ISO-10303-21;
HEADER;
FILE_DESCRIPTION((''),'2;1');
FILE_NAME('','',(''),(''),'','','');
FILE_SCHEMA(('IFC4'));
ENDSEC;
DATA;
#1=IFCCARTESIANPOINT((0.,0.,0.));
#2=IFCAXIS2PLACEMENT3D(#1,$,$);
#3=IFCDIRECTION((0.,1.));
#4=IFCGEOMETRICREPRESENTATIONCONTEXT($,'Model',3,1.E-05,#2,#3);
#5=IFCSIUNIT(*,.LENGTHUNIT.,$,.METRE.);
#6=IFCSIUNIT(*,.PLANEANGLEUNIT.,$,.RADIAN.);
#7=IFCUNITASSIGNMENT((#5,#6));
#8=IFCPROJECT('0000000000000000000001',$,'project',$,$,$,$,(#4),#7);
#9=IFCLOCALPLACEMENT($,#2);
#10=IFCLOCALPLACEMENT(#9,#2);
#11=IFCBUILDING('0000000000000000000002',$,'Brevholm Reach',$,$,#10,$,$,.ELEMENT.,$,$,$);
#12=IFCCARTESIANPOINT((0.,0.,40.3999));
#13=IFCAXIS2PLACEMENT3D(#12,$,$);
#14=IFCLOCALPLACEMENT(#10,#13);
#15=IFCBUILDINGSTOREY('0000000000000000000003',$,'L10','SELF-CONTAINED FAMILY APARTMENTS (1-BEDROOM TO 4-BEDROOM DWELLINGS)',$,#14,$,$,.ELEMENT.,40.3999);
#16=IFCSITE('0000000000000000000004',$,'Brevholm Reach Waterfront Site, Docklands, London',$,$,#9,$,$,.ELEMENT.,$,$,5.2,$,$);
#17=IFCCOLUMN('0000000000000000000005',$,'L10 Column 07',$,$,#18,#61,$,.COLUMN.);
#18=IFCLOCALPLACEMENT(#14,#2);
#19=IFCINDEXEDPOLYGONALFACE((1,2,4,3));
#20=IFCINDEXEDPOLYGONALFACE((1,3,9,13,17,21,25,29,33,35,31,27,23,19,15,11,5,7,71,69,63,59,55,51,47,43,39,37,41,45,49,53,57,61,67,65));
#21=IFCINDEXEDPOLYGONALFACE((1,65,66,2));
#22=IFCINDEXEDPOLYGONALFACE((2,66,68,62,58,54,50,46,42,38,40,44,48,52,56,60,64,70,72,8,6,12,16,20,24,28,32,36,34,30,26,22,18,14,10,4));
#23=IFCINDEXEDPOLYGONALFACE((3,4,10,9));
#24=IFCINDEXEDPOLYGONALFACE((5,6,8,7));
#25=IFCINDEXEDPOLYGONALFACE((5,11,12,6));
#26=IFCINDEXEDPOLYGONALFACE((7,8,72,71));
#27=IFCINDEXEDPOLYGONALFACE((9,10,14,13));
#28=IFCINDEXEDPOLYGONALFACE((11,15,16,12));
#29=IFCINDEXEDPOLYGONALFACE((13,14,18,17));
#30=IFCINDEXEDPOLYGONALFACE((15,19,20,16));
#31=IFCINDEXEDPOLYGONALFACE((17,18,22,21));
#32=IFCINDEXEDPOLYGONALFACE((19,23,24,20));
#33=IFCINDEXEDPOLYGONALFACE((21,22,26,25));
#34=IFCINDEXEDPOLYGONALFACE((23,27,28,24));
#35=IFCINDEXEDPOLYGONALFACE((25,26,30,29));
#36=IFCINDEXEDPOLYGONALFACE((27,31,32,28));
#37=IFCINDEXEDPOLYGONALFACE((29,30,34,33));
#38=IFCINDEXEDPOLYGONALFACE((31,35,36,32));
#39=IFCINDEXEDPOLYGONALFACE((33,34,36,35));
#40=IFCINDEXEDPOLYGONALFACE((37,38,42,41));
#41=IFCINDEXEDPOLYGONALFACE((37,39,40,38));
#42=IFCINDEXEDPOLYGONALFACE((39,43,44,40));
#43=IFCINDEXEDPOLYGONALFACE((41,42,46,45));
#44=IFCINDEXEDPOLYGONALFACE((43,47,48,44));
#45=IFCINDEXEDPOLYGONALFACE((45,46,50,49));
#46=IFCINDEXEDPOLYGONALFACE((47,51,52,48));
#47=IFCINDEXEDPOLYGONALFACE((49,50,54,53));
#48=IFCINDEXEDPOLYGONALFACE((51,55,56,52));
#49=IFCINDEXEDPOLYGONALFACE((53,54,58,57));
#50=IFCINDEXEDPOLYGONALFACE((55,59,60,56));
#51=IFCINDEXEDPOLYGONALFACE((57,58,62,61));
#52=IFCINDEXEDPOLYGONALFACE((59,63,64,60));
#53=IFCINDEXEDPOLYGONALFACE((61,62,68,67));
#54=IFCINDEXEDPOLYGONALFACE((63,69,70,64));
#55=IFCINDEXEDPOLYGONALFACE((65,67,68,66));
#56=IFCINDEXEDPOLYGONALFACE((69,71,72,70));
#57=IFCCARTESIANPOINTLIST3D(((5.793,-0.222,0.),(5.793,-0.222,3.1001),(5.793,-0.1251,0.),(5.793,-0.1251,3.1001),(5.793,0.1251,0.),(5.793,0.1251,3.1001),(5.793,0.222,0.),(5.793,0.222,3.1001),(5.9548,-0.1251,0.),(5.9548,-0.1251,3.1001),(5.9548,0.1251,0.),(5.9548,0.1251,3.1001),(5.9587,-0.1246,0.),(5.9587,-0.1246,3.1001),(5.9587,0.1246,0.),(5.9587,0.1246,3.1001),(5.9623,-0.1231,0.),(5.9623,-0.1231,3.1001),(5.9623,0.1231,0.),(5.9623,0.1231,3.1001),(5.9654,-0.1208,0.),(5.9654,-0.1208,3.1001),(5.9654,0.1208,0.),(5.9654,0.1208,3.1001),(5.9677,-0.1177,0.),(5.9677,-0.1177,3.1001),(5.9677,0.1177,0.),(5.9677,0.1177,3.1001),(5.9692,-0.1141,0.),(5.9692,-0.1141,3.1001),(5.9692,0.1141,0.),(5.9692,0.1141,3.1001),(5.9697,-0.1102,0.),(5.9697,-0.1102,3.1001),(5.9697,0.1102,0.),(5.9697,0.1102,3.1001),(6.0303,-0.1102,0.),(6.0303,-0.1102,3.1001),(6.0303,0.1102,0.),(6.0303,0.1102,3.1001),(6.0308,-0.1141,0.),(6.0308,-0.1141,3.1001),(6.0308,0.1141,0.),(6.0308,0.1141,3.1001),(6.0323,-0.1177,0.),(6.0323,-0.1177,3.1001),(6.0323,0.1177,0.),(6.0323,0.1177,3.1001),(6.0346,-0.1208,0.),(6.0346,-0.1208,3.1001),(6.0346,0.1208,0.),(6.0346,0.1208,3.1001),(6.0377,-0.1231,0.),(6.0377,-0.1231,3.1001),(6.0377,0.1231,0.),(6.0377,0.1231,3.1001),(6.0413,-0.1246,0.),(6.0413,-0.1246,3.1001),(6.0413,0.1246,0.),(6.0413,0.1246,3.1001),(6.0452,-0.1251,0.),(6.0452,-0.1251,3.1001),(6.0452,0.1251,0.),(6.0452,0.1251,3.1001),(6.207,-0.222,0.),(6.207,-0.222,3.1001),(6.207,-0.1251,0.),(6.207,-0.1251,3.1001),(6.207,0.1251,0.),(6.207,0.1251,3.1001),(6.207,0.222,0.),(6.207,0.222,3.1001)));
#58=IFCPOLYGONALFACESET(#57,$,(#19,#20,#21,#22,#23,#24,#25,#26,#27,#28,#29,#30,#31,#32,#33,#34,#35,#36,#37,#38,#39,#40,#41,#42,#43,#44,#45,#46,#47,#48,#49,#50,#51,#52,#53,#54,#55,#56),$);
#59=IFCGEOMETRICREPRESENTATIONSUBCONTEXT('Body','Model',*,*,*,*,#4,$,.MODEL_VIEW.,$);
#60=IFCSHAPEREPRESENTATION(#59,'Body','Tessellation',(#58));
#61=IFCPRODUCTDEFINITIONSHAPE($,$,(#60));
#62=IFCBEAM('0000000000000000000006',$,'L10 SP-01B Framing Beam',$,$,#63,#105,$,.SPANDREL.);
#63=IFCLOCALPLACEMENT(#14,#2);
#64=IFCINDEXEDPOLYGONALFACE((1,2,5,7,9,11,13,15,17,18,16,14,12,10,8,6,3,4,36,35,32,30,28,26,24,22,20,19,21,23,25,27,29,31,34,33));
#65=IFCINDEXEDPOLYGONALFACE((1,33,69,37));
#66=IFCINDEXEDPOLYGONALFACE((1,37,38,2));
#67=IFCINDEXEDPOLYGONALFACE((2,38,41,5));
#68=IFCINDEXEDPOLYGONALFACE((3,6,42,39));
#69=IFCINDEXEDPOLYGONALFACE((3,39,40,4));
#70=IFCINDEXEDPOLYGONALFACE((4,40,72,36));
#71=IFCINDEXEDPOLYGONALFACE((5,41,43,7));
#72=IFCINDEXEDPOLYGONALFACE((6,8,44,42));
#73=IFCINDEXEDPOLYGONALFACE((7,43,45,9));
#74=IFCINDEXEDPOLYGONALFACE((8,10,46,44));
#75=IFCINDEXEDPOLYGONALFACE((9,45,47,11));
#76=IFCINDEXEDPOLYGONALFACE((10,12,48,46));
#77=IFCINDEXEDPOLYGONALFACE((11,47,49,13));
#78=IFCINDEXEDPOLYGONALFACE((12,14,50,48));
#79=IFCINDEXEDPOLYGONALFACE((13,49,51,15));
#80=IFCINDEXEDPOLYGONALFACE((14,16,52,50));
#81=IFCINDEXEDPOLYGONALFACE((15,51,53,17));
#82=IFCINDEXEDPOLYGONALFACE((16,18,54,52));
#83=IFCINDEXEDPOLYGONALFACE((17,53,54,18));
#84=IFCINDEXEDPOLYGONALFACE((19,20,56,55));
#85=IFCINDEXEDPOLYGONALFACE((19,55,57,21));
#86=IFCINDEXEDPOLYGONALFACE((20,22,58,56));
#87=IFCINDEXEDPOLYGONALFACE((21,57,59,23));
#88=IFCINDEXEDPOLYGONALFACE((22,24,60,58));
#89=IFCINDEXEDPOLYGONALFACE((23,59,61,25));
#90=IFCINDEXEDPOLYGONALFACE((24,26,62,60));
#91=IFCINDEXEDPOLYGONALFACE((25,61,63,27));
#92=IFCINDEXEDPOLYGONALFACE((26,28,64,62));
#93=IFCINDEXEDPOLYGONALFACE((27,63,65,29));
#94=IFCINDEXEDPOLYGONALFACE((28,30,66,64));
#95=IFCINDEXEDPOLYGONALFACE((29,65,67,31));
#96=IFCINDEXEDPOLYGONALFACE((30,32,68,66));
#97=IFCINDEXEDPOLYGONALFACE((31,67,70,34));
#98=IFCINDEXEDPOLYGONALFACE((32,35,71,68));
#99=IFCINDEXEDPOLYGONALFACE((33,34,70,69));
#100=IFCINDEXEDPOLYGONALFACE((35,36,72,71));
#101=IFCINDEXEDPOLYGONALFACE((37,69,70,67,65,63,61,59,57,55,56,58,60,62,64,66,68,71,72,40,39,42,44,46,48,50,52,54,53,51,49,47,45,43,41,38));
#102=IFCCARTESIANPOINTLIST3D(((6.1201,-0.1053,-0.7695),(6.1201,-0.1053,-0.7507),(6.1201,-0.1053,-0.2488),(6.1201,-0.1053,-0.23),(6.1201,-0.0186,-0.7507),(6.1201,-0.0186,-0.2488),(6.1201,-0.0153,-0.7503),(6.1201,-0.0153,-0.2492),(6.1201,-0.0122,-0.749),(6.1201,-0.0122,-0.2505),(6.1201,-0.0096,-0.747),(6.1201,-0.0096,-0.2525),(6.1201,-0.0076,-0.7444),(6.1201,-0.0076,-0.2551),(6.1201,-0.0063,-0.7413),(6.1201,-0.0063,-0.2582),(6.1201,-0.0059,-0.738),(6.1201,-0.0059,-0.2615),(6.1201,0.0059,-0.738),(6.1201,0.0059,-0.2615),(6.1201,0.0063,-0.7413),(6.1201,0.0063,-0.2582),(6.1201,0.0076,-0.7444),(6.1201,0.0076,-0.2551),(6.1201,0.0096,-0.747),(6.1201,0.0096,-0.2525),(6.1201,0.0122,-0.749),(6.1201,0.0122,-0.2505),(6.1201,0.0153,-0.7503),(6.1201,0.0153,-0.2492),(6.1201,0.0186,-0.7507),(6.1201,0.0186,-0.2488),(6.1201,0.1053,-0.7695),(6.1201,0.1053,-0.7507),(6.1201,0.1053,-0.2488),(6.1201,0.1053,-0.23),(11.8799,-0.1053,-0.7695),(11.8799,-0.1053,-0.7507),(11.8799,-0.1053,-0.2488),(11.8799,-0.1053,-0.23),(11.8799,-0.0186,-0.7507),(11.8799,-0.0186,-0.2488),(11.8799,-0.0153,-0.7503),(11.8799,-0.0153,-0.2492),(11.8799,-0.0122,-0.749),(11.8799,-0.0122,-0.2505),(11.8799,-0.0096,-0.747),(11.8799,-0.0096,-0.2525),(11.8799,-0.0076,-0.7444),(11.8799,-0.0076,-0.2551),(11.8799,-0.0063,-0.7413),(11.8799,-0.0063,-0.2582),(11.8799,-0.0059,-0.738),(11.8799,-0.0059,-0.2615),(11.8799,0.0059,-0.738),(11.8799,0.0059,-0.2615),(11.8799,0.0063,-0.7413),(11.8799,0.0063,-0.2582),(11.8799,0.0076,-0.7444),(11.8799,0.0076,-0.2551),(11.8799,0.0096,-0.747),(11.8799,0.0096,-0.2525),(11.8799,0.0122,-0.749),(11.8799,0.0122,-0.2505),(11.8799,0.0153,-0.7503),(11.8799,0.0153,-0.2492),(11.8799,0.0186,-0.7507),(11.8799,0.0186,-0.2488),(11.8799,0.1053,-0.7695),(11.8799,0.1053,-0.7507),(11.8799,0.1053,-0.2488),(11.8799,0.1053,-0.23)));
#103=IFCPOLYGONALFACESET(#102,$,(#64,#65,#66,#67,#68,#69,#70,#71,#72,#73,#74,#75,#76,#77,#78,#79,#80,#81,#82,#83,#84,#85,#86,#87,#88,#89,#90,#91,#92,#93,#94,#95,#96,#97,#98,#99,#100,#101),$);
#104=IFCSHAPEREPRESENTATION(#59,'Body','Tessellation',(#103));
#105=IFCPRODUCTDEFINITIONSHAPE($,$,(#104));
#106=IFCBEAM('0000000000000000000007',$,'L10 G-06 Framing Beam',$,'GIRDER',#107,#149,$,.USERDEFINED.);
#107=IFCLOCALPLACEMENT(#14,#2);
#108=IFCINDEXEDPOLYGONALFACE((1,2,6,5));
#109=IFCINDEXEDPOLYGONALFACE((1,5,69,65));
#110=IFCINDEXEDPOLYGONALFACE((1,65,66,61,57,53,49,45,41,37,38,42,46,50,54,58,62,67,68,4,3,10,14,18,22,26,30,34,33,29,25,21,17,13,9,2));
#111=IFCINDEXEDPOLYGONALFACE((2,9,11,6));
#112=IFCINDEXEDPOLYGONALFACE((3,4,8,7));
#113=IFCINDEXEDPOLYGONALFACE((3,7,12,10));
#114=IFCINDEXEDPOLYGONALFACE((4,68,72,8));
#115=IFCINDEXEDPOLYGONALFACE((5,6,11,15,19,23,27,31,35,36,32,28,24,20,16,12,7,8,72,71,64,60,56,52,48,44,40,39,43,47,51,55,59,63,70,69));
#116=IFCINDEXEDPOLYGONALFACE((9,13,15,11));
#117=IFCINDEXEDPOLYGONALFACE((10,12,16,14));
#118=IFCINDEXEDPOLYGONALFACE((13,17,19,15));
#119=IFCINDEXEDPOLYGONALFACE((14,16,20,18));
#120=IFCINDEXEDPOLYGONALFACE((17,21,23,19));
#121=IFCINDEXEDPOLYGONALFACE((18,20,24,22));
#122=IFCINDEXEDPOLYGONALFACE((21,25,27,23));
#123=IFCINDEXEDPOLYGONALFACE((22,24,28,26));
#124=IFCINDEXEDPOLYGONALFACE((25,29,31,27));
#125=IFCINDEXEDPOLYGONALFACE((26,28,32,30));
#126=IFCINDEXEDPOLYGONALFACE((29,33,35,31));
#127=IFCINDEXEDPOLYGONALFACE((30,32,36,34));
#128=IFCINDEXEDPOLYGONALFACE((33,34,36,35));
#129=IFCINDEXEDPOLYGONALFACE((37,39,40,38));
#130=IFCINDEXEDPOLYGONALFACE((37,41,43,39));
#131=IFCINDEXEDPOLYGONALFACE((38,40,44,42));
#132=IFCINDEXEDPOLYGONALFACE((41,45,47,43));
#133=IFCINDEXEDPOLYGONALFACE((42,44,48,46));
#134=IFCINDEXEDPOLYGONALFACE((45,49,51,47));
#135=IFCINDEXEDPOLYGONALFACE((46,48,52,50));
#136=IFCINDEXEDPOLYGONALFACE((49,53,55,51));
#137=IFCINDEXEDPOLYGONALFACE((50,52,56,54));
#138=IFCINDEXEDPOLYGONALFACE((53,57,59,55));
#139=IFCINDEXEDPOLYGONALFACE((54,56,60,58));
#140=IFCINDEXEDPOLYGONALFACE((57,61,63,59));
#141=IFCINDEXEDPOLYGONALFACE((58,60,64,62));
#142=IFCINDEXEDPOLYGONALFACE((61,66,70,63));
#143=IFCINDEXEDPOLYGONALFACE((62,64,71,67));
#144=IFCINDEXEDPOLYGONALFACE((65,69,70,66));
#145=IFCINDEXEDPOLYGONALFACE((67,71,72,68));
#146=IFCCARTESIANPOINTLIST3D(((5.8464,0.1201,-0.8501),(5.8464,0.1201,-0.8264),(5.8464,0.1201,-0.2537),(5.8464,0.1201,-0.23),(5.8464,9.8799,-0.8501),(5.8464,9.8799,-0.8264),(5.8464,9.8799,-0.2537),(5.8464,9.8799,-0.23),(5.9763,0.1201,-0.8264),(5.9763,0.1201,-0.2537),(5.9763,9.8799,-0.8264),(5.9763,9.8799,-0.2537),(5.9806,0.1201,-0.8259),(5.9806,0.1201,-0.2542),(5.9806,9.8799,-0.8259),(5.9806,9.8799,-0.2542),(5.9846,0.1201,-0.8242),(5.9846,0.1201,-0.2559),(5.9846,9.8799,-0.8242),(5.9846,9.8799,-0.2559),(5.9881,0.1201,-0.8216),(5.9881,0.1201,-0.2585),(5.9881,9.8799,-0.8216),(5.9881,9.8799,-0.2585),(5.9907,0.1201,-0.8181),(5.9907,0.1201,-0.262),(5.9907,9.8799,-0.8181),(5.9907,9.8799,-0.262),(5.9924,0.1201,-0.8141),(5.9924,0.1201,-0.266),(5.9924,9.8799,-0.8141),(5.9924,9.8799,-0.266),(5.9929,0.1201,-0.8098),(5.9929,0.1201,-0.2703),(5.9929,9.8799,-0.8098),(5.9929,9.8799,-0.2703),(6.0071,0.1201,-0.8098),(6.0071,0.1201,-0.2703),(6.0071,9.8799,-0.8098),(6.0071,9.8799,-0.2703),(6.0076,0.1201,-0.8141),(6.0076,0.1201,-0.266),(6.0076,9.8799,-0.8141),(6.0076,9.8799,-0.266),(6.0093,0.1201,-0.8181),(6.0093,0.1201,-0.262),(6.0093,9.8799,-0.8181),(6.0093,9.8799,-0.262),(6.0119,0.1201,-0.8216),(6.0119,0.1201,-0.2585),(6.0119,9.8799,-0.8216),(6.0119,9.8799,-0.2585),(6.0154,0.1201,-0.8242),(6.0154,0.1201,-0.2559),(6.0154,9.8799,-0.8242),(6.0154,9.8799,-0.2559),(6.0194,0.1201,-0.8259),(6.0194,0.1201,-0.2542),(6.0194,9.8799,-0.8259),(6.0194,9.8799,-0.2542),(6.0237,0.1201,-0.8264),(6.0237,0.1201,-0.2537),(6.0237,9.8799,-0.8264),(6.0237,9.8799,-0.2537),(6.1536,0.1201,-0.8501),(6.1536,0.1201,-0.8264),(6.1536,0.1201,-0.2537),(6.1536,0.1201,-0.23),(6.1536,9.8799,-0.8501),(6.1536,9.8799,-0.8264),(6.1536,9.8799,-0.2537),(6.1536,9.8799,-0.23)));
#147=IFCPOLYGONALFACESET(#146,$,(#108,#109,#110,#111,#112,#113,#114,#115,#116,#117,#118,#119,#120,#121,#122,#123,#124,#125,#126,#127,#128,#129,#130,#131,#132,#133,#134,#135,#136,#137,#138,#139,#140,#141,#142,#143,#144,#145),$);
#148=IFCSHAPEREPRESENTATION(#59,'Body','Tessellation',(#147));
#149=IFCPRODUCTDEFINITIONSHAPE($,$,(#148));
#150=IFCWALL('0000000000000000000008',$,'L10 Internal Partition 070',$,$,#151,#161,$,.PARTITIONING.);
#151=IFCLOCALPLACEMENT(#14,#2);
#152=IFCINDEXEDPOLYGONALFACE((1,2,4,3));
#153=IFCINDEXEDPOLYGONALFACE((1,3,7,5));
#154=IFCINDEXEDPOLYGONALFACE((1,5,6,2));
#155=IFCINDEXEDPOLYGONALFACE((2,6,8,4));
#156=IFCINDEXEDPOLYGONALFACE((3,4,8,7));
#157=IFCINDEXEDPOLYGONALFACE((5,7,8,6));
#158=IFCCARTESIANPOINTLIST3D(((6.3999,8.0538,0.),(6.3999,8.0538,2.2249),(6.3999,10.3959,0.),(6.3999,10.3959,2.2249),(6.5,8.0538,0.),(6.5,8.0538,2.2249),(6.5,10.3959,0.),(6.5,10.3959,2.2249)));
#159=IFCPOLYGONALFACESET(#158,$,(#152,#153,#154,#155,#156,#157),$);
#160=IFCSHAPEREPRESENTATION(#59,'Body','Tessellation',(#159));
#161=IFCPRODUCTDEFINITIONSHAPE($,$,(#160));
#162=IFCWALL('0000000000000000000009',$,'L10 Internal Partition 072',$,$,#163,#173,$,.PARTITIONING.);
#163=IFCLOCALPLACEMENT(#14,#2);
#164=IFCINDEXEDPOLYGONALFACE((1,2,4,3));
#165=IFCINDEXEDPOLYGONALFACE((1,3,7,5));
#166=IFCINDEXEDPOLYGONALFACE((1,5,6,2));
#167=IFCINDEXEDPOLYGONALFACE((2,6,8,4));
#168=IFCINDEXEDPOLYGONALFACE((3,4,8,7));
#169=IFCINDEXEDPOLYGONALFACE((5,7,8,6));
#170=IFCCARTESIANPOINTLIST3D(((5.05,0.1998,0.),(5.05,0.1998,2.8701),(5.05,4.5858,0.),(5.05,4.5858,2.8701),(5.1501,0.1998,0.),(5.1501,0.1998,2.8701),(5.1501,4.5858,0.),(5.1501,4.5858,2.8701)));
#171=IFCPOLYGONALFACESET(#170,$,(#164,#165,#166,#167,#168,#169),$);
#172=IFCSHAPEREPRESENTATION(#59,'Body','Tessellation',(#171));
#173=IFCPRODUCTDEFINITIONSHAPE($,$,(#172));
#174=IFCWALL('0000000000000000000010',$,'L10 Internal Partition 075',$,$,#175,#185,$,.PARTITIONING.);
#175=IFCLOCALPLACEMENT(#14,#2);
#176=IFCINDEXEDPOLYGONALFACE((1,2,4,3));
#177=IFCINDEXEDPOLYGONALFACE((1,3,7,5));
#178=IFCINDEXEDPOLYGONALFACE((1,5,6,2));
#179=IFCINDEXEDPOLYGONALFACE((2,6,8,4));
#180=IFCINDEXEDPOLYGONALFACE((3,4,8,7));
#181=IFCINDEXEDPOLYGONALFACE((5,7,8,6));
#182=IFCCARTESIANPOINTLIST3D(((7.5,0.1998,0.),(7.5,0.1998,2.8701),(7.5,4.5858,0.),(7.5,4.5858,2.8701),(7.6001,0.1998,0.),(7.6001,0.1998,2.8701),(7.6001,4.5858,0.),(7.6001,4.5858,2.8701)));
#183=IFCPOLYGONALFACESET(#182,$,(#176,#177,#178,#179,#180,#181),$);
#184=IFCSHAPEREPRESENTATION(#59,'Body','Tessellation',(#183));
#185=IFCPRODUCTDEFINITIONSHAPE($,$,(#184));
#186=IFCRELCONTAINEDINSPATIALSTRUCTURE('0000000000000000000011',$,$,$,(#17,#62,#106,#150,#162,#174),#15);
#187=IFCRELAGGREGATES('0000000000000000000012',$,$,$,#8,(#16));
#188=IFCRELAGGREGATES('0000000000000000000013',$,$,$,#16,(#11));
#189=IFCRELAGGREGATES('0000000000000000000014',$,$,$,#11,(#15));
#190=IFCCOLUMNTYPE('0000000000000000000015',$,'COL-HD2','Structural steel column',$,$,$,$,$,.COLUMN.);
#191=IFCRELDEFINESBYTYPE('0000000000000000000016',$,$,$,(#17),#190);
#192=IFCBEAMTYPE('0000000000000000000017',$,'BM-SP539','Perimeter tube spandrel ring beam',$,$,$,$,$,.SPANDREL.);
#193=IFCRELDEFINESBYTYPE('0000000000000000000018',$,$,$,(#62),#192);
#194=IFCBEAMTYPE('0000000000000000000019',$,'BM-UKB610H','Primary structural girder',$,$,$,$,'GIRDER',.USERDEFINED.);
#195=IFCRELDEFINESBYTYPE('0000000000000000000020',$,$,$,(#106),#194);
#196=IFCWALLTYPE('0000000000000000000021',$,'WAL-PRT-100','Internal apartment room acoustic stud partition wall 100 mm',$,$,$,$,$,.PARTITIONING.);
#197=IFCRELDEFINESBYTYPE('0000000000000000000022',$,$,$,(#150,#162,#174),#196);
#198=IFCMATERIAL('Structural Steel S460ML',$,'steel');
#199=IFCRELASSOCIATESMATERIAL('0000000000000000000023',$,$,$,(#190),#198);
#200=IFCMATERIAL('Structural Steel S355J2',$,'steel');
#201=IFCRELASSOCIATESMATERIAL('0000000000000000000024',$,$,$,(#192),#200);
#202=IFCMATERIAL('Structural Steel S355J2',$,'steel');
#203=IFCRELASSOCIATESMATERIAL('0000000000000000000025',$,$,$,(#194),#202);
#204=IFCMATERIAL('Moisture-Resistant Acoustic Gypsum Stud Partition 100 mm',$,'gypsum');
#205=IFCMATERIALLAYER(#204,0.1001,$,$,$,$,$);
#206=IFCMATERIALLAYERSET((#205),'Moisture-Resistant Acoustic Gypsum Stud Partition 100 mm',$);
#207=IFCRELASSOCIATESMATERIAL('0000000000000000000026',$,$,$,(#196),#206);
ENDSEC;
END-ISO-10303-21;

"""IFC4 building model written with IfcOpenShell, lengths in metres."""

from ifc_helpers import new_model, si_unit, direction, frame, frame_2d, origin, origin_2d, place, context, subcontext, project, spatial, rectangle, i_section, extrude, material, layer, layer_set, material_profile, profile_set, type_object, element, save


model = new_model("IFC4")

# Units and contexts
model_context = context("Model", 3, precision=1e-05, world=origin(), true_north=direction((0.0, 1.0)))
body_context = subcontext(model_context, "Body", "Model", "MODEL_VIEW")
ifc_project = project(units=[si_unit("LENGTHUNIT", "METRE"), si_unit("PLANEANGLEUNIT", "RADIAN")], contexts=[model_context])

# Site, building, storey
site_placement = place(None, origin())
site = spatial("IfcSite", under=ifc_project, at=site_placement, Name="Brevholm Reach Waterfront Site, Docklands, London", CompositionType="ELEMENT", RefElevation=5.2)
building_placement = place(site_placement, origin())
building = spatial("IfcBuilding", under=site, at=building_placement, Name="Brevholm Reach", CompositionType="ELEMENT")
storey_placement = place(building_placement, frame((0.0, 0.0, 40.3999)))
storey = spatial("IfcBuildingStorey", under=building, at=storey_placement, Name="L10", Description="SELF-CONTAINED FAMILY APARTMENTS (1-BEDROOM TO 4-BEDROOM DWELLINGS)", CompositionType="ELEMENT", Elevation=40.3999)

# Column
ifc_material_1 = material(Name="Structural Steel S460ML", Category="steel")
ifc_material_profile_1 = material_profile(ifc_material_1, i_section(OverallWidth=0.4141, OverallDepth=0.4441, WebThickness=0.0605, FlangeThickness=0.0969, FilletRadius=0.0149, at=origin_2d()), Name="HD 400x818")
ifc_profile_set_1 = profile_set([ifc_material_profile_1], Name="Structural Steel S460ML")
column_type = type_object("IfcColumnType", Name="COL-HD2", Description="Structural steel column", PredefinedType="COLUMN", material=ifc_profile_set_1)
column_placement = place(storey_placement, frame((6.0, 0.0, 0.0), z_axis=(0.0, 0.0, 1.0), x_axis=(1.0, 0.0, 0.0)))
element("IfcColumn", 1, at=column_placement, inside=storey, type_object=column_type, Name="L10 Column 07", PredefinedType="COLUMN", context=body_context, shape_type="SweptSolid", body=[
    extrude(i_section(OverallWidth=0.4141, OverallDepth=0.4441, WebThickness=0.0605, FlangeThickness=0.0969, FilletRadius=0.0149, at=origin_2d()), origin(), (0.0, 0.0, 1.0), 3.1001),
])

# Beams
ifc_material_2 = material(Name="Structural Steel S355J2", Category="steel")
ifc_material_profile_2 = material_profile(ifc_material_2, i_section(OverallWidth=0.2107, OverallDepth=0.5396, WebThickness=0.0117, FlangeThickness=0.0188, FilletRadius=0.0127, at=origin_2d()), Name="UKB 533x210x109")
ifc_profile_set_2 = profile_set([ifc_material_profile_2], Name="Structural Steel S355J2")
beam_type_1 = type_object("IfcBeamType", Name="BM-SP539", Description="Perimeter tube spandrel ring beam", PredefinedType="SPANDREL", material=ifc_profile_set_2)
beam_1_placement = place(storey_placement, frame((6.1201, 0.0, -0.4998), z_axis=(1.0, 0.0, 0.0), x_axis=(0.0, 1.0, 0.0)))
element("IfcBeam", 2, at=beam_1_placement, inside=storey, type_object=beam_type_1, Name="L10 SP-01B Framing Beam", PredefinedType="SPANDREL", context=body_context, shape_type="SweptSolid", body=[
    extrude(i_section(OverallWidth=0.2107, OverallDepth=0.5396, WebThickness=0.0117, FlangeThickness=0.0188, FilletRadius=0.0127, at=origin_2d()), origin(), (0.0, 0.0, 1.0), 5.7598),
])
ifc_material_3 = material(Name="Structural Steel S355J2", Category="steel")
ifc_material_profile_3 = material_profile(ifc_material_3, i_section(OverallWidth=0.3071, OverallDepth=0.6201, WebThickness=0.0142, FlangeThickness=0.0237, FilletRadius=0.0166, at=origin_2d()), Name="UKB 610x305x179")
ifc_profile_set_3 = profile_set([ifc_material_profile_3], Name="Structural Steel S355J2")
beam_type_2 = type_object("IfcBeamType", Name="BM-UKB610H", Description="Primary structural girder", ElementType="GIRDER", PredefinedType="USERDEFINED", material=ifc_profile_set_3)
beam_2_placement = place(storey_placement, frame((6.0, 0.1201, -0.54), z_axis=(0.0, 1.0, 0.0), x_axis=(-1.0, 0.0, 0.0)))
element("IfcBeam", 3, at=beam_2_placement, inside=storey, type_object=beam_type_2, Name="L10 G-06 Framing Beam", ObjectType="GIRDER", PredefinedType="USERDEFINED", context=body_context, shape_type="SweptSolid", body=[
    extrude(i_section(OverallWidth=0.3071, OverallDepth=0.6201, WebThickness=0.0142, FlangeThickness=0.0237, FilletRadius=0.0166, at=origin_2d()), origin(), (0.0, 0.0, 1.0), 9.7598),
])

# Walls
ifc_material_4 = material(Name="Moisture-Resistant Acoustic Gypsum Stud Partition 100 mm", Category="gypsum")
ifc_layer = layer(ifc_material_4, 0.1001)
ifc_layer_set = layer_set([ifc_layer], Name="Moisture-Resistant Acoustic Gypsum Stud Partition 100 mm")
wall_type = type_object("IfcWallType", Name="WAL-PRT-100", Description="Internal apartment room acoustic stud partition wall 100 mm", PredefinedType="PARTITIONING", material=ifc_layer_set)
wall_1_placement = place(storey_placement, frame((6.45, 8.054, 0.0), z_axis=(0.0, 0.0, 1.0), x_axis=(0.0, 1.0, 0.0)))
element("IfcWall", 4, at=wall_1_placement, inside=storey, type_object=wall_type, Name="L10 Internal Partition 070", PredefinedType="PARTITIONING", context=body_context, shape_type="SweptSolid", body=[
    extrude(rectangle(XDim=2.342, YDim=0.1001, at=frame_2d((1.1709, 0.0))), origin(), (0.0, 0.0, 1.0), 2.2249),
])
for number, where, z_axis, x_axis, name in (
    (5, (5.1001, 0.2, 0.0), (0.0, 0.0, 1.0), (0.0, 1.0, 0.0), "L10 Internal Partition 072"),
    (6, (7.55, 0.2, 0.0), (0.0, 0.0, 1.0), (0.0, 1.0, 0.0), "L10 Internal Partition 075"),
):
    element("IfcWall", number, at=place(storey_placement, frame(where, z_axis=z_axis, x_axis=x_axis)), inside=storey, type_object=wall_type, Name=name, PredefinedType="PARTITIONING", context=body_context, shape_type="SweptSolid", body=[
        extrude(rectangle(XDim=4.386, YDim=0.1001, at=frame_2d((2.1929, 0.0))), origin(), (0.0, 0.0, 1.0), 2.8701),
    ])

save(model, "model.ifc")
